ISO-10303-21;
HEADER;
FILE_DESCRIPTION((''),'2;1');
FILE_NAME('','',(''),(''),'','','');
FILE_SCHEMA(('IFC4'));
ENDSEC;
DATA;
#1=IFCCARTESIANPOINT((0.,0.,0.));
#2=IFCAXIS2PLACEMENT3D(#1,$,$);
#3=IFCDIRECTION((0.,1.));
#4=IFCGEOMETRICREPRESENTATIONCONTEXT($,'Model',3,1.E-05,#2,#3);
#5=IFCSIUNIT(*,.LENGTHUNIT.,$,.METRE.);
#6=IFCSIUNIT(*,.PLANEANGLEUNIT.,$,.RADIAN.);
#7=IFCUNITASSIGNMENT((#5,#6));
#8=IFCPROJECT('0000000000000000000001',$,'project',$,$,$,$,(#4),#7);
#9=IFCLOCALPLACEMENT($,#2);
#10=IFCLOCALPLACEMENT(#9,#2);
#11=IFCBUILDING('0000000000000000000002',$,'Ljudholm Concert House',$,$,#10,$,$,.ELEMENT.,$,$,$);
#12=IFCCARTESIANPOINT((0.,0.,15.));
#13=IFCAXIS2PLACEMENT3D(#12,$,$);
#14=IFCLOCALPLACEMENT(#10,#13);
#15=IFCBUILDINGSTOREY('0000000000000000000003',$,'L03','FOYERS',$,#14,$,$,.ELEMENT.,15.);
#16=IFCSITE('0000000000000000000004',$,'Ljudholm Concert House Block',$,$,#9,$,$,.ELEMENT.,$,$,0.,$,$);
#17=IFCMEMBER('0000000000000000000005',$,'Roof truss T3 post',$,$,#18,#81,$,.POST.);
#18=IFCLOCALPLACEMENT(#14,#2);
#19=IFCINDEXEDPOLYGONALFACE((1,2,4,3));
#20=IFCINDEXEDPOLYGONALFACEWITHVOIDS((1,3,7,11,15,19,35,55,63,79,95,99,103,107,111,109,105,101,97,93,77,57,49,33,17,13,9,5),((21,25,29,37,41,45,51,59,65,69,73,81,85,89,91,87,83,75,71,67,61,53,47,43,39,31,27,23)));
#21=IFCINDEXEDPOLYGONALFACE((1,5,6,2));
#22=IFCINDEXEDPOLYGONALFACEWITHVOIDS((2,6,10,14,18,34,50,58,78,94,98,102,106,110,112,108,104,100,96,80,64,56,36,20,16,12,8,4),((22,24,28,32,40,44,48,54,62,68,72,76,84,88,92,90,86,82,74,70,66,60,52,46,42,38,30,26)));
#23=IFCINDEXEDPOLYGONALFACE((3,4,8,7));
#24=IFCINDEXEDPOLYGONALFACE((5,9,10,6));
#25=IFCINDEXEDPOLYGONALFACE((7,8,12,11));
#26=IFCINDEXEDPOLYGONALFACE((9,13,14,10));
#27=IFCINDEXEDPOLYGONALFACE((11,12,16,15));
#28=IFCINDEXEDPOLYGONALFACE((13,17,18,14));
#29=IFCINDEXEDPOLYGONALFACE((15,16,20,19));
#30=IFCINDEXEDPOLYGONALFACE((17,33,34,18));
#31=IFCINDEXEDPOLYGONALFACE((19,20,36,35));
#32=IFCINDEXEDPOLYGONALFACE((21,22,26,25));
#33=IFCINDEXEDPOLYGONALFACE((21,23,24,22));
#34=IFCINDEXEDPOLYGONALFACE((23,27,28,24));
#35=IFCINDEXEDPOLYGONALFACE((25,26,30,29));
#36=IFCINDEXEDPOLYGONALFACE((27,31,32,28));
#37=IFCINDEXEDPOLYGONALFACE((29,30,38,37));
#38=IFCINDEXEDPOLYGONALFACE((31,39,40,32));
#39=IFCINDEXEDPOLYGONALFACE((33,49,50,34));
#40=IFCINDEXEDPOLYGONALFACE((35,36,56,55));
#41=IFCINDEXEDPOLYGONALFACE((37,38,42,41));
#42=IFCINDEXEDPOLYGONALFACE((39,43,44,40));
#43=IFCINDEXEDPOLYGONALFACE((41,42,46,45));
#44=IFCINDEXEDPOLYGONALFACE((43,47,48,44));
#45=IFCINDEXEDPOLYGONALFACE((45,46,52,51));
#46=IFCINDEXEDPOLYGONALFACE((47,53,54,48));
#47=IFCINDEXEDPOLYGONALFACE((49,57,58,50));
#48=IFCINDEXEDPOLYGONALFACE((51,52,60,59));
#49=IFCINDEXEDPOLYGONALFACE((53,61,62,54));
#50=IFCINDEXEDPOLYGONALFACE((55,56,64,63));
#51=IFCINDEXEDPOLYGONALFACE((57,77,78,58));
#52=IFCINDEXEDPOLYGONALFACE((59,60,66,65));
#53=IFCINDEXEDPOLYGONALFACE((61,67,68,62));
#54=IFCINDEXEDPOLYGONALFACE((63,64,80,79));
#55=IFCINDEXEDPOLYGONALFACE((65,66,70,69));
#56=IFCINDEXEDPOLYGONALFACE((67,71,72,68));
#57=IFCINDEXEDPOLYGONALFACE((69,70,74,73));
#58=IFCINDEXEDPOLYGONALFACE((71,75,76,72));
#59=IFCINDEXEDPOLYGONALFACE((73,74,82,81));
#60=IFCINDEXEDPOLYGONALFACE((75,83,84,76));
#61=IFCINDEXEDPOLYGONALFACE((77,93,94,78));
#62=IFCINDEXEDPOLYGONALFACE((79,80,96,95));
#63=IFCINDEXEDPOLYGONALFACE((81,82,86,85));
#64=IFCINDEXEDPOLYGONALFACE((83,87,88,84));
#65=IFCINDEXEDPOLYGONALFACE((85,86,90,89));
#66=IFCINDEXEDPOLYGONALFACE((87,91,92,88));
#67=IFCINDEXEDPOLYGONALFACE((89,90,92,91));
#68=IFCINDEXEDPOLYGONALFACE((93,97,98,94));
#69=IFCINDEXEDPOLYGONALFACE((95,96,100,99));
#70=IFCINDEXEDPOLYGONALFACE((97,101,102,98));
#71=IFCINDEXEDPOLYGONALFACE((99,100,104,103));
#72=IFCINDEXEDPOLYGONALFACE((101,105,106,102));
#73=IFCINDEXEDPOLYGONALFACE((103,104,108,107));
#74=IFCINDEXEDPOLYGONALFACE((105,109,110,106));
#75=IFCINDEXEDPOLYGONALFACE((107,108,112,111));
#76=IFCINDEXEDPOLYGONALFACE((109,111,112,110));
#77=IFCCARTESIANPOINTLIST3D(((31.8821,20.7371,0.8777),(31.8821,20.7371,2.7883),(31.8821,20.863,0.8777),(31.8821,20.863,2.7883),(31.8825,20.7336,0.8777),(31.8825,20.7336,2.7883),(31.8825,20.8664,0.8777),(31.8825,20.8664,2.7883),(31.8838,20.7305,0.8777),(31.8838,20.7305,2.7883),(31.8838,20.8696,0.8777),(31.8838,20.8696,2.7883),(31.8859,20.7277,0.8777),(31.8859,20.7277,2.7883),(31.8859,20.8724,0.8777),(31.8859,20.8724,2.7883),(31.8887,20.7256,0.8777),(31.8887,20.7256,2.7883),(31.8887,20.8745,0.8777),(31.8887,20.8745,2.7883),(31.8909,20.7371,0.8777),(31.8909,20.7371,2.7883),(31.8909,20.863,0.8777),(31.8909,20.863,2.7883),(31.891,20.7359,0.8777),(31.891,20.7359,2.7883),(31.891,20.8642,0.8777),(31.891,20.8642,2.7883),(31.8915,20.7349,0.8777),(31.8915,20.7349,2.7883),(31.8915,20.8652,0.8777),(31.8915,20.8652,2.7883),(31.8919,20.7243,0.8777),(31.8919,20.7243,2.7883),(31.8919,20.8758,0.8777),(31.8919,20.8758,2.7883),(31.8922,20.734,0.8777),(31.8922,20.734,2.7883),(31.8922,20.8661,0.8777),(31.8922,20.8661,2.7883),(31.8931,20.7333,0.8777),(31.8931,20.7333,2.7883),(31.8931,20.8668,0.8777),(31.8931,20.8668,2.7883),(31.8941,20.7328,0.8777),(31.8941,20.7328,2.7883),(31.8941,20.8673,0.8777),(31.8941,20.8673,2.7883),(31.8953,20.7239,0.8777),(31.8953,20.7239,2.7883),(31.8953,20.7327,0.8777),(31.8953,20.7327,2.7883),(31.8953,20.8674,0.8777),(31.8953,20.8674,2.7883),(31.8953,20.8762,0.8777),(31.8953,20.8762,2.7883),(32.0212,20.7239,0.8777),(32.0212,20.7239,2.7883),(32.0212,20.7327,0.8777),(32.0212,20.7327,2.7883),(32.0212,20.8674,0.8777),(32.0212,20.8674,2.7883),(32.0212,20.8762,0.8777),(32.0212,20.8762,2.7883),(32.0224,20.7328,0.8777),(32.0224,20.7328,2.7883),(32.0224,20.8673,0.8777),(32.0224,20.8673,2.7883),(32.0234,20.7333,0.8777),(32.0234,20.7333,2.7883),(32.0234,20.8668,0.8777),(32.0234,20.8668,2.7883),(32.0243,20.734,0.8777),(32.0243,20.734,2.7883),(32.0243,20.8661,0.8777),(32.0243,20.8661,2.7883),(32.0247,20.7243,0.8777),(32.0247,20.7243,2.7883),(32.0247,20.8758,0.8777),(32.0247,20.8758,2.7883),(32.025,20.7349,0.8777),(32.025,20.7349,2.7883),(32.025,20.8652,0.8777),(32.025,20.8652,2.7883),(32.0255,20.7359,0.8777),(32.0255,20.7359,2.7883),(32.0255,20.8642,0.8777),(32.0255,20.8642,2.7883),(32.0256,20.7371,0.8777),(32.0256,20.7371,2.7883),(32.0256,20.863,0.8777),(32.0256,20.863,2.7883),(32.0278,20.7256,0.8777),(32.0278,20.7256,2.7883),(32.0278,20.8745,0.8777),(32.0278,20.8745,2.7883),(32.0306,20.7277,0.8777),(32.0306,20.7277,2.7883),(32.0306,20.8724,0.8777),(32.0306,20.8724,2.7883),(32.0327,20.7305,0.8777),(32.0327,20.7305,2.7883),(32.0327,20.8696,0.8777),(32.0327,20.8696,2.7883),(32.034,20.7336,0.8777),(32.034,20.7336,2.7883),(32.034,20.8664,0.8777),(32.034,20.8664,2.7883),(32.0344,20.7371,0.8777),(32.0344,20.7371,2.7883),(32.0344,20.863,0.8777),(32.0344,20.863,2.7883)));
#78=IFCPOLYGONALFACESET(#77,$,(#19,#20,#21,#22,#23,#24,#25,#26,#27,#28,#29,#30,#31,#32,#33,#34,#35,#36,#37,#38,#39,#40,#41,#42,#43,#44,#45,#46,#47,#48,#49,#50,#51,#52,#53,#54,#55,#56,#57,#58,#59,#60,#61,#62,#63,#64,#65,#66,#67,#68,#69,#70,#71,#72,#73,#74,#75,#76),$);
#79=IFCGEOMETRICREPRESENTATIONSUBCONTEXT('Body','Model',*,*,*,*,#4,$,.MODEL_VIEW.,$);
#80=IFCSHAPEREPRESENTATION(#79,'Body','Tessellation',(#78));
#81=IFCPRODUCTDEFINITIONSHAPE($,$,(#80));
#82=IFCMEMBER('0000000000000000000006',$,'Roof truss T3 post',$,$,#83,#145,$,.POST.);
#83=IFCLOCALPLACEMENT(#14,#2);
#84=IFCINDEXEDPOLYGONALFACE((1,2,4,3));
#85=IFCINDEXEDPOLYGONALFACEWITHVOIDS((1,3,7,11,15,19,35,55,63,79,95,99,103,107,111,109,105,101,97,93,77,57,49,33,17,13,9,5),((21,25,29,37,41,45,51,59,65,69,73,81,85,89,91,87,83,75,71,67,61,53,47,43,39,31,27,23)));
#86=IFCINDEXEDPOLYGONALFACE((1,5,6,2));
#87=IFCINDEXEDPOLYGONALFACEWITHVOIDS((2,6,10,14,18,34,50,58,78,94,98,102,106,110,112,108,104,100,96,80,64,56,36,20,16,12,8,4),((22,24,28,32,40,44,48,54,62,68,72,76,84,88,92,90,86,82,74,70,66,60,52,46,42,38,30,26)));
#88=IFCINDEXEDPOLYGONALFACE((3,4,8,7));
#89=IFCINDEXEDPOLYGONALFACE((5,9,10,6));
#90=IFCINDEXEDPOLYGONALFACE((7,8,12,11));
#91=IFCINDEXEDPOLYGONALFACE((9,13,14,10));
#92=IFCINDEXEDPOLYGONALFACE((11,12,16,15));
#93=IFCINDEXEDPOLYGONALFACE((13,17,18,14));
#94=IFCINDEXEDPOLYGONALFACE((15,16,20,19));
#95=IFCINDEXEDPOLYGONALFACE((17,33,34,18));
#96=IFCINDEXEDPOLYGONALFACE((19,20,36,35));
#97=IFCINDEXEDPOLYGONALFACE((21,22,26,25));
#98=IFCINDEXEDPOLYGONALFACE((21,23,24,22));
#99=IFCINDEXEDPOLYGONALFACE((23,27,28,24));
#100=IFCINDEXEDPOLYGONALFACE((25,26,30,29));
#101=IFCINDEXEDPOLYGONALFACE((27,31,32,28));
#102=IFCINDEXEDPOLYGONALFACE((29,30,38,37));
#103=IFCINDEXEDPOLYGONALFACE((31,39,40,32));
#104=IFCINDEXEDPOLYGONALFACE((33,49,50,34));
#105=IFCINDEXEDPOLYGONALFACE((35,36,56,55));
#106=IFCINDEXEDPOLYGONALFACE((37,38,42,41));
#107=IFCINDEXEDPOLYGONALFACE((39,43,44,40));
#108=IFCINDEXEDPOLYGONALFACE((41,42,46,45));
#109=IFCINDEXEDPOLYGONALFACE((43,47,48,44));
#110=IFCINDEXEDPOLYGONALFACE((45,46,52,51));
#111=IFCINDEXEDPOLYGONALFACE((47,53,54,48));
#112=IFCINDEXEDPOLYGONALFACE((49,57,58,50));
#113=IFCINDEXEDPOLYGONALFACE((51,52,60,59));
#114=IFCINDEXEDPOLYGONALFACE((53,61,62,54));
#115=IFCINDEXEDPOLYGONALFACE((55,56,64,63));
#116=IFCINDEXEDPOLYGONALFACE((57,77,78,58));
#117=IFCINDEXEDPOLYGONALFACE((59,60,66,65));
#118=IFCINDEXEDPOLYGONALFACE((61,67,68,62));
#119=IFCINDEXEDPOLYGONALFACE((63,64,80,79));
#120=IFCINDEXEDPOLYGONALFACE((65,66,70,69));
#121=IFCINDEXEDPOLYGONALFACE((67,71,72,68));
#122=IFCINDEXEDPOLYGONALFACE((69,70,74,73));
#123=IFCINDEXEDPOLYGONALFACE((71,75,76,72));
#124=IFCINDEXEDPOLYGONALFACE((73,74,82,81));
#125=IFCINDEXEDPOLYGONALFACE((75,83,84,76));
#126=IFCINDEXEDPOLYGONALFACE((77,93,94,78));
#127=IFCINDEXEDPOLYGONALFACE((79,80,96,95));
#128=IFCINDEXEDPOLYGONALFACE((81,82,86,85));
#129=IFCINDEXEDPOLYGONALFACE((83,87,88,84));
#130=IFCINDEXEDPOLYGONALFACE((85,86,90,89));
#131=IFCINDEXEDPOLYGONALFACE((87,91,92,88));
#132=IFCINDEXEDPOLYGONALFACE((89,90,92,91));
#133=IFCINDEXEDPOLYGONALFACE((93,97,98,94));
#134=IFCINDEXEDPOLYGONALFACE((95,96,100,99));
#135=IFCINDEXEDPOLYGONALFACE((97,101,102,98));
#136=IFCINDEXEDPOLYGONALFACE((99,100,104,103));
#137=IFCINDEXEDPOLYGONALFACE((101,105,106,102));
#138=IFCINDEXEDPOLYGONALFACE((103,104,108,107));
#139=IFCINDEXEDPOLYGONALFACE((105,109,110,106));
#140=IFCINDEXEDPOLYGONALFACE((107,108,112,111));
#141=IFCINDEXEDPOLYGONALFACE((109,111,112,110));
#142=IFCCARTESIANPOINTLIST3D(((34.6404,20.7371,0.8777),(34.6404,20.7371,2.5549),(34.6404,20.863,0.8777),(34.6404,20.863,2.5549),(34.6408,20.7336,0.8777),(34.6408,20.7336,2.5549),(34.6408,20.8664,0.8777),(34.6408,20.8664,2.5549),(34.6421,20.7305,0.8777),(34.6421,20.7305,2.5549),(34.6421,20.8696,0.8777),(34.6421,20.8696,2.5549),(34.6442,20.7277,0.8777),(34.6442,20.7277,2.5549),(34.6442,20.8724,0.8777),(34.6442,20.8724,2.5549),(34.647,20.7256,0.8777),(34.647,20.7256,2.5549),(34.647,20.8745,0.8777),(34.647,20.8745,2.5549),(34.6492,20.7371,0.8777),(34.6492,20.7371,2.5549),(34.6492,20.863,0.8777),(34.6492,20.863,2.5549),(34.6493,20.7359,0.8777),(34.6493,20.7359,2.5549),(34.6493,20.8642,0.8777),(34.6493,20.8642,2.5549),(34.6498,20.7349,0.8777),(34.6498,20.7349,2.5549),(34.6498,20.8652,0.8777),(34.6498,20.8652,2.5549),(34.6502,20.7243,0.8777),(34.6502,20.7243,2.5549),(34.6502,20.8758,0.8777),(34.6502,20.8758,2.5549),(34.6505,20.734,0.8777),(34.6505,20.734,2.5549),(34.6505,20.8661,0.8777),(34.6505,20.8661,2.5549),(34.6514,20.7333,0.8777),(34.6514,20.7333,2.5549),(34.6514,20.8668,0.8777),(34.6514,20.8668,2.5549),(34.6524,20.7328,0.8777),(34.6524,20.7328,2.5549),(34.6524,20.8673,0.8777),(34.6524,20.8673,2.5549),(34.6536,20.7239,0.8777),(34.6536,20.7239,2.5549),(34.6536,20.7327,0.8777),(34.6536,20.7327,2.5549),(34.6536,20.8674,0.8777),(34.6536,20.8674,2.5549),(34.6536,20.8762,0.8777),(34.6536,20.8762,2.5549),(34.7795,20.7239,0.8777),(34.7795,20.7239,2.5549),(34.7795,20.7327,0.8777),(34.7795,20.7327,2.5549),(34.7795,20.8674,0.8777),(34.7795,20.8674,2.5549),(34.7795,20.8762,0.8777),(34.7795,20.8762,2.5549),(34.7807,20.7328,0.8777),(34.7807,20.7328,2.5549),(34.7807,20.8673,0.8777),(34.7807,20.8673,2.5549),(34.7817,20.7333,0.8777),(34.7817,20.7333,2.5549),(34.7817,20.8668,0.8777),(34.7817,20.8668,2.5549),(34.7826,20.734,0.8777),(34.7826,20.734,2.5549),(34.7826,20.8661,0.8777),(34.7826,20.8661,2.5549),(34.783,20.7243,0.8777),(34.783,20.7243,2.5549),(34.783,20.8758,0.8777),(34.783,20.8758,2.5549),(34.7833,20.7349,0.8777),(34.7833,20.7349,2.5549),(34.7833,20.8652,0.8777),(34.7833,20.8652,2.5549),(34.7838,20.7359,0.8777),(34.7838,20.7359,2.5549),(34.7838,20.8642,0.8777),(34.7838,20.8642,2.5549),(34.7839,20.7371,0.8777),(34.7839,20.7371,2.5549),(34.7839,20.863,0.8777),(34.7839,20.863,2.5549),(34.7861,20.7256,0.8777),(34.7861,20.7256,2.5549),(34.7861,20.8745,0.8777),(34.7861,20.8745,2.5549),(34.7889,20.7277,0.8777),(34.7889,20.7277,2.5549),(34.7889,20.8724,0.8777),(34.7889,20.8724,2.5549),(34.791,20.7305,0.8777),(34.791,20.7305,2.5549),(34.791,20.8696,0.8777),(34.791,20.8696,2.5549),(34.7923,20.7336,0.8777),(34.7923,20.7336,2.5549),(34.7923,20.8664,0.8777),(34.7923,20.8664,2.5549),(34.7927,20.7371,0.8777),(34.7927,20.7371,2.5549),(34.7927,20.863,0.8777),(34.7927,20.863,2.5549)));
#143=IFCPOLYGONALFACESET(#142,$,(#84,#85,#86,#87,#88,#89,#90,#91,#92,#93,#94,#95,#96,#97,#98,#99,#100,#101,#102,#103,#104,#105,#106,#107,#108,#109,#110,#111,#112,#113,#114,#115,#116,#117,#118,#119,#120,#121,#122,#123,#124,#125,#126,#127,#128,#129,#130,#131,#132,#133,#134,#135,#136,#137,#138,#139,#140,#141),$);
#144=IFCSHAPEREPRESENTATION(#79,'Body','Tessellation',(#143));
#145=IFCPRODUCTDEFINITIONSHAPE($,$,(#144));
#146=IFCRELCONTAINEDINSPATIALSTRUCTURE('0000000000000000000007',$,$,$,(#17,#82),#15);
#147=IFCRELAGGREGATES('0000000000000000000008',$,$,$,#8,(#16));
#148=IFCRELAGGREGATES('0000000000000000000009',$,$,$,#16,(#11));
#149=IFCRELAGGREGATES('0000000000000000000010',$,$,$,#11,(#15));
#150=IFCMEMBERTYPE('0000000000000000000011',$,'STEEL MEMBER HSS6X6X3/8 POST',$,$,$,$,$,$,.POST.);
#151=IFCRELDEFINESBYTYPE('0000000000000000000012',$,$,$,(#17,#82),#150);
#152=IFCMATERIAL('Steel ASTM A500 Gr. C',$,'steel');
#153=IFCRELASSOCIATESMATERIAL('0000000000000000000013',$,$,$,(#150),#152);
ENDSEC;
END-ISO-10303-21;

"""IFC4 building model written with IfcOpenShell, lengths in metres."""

from ifc_helpers import new_model, si_unit, direction, frame, origin, origin_2d, place, context, subcontext, project, spatial, hollow_rectangle, extrude, material, material_profile, profile_set, type_object, element, save


model = new_model("IFC4")

# Units and contexts
model_context = context("Model", 3, precision=1e-05, world=origin(), true_north=direction((0.0, 1.0)))
body_context = subcontext(model_context, "Body", "Model", "MODEL_VIEW")
ifc_project = project(units=[si_unit("LENGTHUNIT", "METRE"), si_unit("PLANEANGLEUNIT", "RADIAN")], contexts=[model_context])

# Site, building, storey
site_placement = place(None, origin())
site = spatial("IfcSite", under=ifc_project, at=site_placement, Name="Ljudholm Concert House Block", CompositionType="ELEMENT", RefElevation=0.0)
building_placement = place(site_placement, origin())
building = spatial("IfcBuilding", under=site, at=building_placement, Name="Ljudholm Concert House", CompositionType="ELEMENT")
storey_placement = place(building_placement, frame((0.0, 0.0, 15.0)))
storey = spatial("IfcBuildingStorey", under=building, at=storey_placement, Name="L03", Description="FOYERS", CompositionType="ELEMENT", Elevation=15.0)

# Members
ifc_material_1 = material(Name="Steel ASTM A500 Gr. C", Category="steel")
ifc_material_profile_1 = material_profile(ifc_material_1, hollow_rectangle(XDim=0.1523, YDim=0.1523, WallThickness=0.0088, InnerFilletRadius=0.0044, OuterFilletRadius=0.0132, at=origin_2d()), Name="HSS6X6X3/8")
ifc_profile_set_1 = profile_set([ifc_material_profile_1], Name="Steel ASTM A500 Gr. C")
member_type_1 = type_object("IfcMemberType", Name="STEEL MEMBER HSS6X6X3/8 POST", PredefinedType="POST", material=ifc_profile_set_1)
member_1_placement = place(storey_placement, frame((31.9583, 20.8, 0.8777), z_axis=(0.0, 0.0, 1.0), x_axis=(1.0, 0.0, 0.0)))
element("IfcMember", 1, at=member_1_placement, inside=storey, type_object=member_type_1, Name="Roof truss T3 post", PredefinedType="POST", context=body_context, shape_type="SweptSolid", body=[
    extrude(hollow_rectangle(XDim=0.1523, YDim=0.1523, WallThickness=0.0088, InnerFilletRadius=0.0044, OuterFilletRadius=0.0132, at=origin_2d()), origin(), (0.0, 0.0, 1.0), 1.9106),
])
member_2_placement = place(storey_placement, frame((34.7166, 20.8, 0.8777), z_axis=(0.0, 0.0, 1.0), x_axis=(1.0, 0.0, 0.0)))
element("IfcMember", 2, at=member_2_placement, inside=storey, type_object=member_type_1, Name="Roof truss T3 post", PredefinedType="POST", context=body_context, shape_type="SweptSolid", body=[
    extrude(hollow_rectangle(XDim=0.1523, YDim=0.1523, WallThickness=0.0088, InnerFilletRadius=0.0044, OuterFilletRadius=0.0132, at=origin_2d()), origin(), (0.0, 0.0, 1.0), 1.6772),
])

save(model, "model.ifc")
